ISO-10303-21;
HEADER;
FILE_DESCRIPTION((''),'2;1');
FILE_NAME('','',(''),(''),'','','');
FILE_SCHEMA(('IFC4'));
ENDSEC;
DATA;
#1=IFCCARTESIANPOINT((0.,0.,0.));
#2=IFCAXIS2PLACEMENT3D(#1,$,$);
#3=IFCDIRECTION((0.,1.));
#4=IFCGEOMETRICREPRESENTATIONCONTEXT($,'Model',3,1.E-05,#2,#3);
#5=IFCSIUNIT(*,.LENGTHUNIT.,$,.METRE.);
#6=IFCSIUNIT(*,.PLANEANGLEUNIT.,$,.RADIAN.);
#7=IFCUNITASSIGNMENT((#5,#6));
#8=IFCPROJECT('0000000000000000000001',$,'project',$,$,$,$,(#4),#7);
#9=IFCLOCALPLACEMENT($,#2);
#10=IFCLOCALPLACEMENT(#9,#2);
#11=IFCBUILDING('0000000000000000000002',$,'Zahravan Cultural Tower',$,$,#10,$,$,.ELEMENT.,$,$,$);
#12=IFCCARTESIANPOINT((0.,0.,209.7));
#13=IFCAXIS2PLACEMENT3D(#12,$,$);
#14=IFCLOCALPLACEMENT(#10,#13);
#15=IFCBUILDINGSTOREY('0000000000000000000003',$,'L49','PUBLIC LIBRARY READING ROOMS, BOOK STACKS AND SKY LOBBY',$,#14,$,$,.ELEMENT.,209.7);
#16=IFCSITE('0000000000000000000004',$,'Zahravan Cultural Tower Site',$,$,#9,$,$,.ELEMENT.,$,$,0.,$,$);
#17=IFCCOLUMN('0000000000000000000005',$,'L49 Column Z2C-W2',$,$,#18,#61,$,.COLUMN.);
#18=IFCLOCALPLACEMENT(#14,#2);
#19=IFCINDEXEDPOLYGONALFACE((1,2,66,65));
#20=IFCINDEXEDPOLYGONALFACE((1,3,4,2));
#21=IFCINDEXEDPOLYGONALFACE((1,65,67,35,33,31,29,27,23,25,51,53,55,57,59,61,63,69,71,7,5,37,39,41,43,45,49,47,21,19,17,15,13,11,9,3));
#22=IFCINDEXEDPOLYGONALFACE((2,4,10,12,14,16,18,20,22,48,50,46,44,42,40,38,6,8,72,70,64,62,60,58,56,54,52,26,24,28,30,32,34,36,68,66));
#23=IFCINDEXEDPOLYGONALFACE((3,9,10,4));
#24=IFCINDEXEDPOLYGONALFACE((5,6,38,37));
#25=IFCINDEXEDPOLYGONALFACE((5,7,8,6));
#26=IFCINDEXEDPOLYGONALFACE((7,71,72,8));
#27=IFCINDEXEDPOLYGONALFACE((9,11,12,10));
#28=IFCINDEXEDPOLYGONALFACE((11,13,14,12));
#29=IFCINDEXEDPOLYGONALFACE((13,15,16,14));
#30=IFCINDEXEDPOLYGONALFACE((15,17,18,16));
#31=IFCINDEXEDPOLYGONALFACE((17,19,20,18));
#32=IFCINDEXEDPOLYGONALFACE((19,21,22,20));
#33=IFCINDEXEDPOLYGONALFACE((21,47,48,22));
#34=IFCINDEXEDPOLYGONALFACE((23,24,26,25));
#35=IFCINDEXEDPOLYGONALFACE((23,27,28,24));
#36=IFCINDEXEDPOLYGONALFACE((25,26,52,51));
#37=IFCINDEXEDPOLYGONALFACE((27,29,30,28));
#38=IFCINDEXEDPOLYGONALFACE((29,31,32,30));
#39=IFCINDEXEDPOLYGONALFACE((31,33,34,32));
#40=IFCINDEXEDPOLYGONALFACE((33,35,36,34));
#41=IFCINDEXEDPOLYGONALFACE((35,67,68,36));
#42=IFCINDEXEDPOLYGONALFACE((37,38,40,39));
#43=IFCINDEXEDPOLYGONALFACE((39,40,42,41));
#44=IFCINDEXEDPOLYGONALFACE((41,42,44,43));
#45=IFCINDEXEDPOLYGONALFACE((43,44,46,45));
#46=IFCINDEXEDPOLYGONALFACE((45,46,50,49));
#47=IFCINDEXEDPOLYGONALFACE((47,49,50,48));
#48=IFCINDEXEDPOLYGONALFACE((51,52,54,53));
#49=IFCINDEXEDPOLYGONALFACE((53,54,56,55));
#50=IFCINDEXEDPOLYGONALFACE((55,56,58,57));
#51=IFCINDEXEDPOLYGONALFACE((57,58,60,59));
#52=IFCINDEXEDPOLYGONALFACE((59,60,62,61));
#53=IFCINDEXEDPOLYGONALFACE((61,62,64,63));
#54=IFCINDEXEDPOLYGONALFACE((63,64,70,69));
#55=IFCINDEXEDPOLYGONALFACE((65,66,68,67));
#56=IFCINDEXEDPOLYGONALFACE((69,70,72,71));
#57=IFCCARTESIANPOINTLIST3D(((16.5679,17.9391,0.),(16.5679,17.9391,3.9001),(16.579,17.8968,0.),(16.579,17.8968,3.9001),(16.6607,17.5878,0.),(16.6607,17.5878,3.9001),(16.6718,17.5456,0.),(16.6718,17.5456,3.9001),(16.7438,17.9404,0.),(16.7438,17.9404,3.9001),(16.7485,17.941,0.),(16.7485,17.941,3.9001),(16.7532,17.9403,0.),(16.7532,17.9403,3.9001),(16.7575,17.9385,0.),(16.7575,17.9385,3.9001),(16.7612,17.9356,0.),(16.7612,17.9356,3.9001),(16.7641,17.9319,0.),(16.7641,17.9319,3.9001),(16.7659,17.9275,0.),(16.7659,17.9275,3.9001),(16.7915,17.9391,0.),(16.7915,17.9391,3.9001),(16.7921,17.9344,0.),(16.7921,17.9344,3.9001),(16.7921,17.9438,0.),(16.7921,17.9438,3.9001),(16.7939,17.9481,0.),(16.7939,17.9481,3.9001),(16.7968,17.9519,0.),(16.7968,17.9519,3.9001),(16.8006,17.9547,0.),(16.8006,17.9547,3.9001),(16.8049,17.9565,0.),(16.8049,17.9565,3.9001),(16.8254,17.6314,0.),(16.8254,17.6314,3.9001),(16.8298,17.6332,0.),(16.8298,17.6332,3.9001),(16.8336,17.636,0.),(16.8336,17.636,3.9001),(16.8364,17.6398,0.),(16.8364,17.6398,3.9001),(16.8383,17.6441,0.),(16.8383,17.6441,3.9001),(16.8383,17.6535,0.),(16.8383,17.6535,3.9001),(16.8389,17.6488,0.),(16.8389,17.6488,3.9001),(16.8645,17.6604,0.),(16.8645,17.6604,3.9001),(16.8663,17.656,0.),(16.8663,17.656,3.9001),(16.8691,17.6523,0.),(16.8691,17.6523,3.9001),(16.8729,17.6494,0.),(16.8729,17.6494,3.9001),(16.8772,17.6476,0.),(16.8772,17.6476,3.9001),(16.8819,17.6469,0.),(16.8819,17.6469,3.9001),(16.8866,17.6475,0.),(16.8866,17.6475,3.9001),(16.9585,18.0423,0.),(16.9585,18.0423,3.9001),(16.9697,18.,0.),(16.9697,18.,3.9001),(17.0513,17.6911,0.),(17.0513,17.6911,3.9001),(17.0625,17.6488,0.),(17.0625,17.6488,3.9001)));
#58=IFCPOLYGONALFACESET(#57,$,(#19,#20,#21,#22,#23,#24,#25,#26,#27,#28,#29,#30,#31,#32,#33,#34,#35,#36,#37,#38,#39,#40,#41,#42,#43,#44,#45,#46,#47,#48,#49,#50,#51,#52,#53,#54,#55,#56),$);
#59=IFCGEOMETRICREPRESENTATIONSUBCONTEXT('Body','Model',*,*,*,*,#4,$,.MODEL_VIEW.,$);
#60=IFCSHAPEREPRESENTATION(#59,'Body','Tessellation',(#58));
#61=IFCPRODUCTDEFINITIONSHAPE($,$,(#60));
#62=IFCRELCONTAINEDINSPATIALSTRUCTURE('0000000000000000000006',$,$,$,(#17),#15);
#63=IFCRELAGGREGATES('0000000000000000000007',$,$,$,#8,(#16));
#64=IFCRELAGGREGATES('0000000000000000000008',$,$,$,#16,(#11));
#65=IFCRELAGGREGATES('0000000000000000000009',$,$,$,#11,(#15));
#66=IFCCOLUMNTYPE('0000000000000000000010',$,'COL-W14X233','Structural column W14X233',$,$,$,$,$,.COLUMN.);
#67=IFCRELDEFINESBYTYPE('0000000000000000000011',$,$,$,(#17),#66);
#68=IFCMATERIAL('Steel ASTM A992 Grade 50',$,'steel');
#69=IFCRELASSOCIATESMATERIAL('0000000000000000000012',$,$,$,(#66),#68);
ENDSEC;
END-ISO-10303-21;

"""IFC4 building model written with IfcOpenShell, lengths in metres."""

from ifc_helpers import new_model, si_unit, direction, frame, origin, origin_2d, place, context, subcontext, project, spatial, i_section, extrude, source, transform, mapped, material, material_profile, profile_set, type_object, element, save


model = new_model("IFC4")

# Units and contexts
model_context = context("Model", 3, precision=1e-05, world=origin(), true_north=direction((0.0, 1.0)))
body_context = subcontext(model_context, "Body", "Model", "MODEL_VIEW")
ifc_project = project(units=[si_unit("LENGTHUNIT", "METRE"), si_unit("PLANEANGLEUNIT", "RADIAN")], contexts=[model_context])

# Site, building, storey
site_placement = place(None, origin())
site = spatial("IfcSite", under=ifc_project, at=site_placement, Name="Zahravan Cultural Tower Site", CompositionType="ELEMENT", RefElevation=0.0)
building_placement = place(site_placement, origin())
building = spatial("IfcBuilding", under=site, at=building_placement, Name="Zahravan Cultural Tower", CompositionType="ELEMENT")
storey_placement = place(building_placement, frame((0.0, 0.0, 209.7)))
storey = spatial("IfcBuildingStorey", under=building, at=storey_placement, Name="L49", Description="PUBLIC LIBRARY READING ROOMS, BOOK STACKS AND SKY LOBBY", CompositionType="ELEMENT", Elevation=209.7)

# Column
ifc_material_1 = material(Name="Steel ASTM A992 Grade 50", Category="steel")
ifc_material_profile = material_profile(ifc_material_1, i_section(OverallWidth=0.4041, OverallDepth=0.407, WebThickness=0.0271, FlangeThickness=0.0437, FilletRadius=0.0181, at=origin_2d()), Name="W14X233")
ifc_profile_set = profile_set([ifc_material_profile], Name="Steel ASTM A992 Grade 50")
column_type = type_object("IfcColumnType", Name="COL-W14X233", Description="Structural column W14X233", PredefinedType="COLUMN", material=ifc_profile_set)
shared_shape_1 = source(origin(), body_context, "Body", "SweptSolid", [
    extrude(i_section(OverallWidth=0.4041, OverallDepth=0.407, WebThickness=0.0271, FlangeThickness=0.0437, FilletRadius=0.0181, at=origin_2d()), origin(), (0.0, 0.0, 1.0), 3.9001),
])
column_placement = place(storey_placement, frame((16.8152, 17.7939, 0.0), z_axis=(0.0, 0.0, 1.0), x_axis=(0.966823, 0.255446, 0.0)))
element("IfcColumn", 1, at=column_placement, inside=storey, type_object=column_type, Name="L49 Column Z2C-W2", PredefinedType="COLUMN", context=body_context, shape_type="MappedRepresentation", body=[
    mapped(shared_shape_1, transform((0.0, 0.0, 0.0), x_axis=(1.0, 0.0, 0.0), y_axis=(0.0, 1.0, 0.0), z_axis=(0.0, 0.0, 1.0), scale=1.0)),
])

save(model, "model.ifc")
